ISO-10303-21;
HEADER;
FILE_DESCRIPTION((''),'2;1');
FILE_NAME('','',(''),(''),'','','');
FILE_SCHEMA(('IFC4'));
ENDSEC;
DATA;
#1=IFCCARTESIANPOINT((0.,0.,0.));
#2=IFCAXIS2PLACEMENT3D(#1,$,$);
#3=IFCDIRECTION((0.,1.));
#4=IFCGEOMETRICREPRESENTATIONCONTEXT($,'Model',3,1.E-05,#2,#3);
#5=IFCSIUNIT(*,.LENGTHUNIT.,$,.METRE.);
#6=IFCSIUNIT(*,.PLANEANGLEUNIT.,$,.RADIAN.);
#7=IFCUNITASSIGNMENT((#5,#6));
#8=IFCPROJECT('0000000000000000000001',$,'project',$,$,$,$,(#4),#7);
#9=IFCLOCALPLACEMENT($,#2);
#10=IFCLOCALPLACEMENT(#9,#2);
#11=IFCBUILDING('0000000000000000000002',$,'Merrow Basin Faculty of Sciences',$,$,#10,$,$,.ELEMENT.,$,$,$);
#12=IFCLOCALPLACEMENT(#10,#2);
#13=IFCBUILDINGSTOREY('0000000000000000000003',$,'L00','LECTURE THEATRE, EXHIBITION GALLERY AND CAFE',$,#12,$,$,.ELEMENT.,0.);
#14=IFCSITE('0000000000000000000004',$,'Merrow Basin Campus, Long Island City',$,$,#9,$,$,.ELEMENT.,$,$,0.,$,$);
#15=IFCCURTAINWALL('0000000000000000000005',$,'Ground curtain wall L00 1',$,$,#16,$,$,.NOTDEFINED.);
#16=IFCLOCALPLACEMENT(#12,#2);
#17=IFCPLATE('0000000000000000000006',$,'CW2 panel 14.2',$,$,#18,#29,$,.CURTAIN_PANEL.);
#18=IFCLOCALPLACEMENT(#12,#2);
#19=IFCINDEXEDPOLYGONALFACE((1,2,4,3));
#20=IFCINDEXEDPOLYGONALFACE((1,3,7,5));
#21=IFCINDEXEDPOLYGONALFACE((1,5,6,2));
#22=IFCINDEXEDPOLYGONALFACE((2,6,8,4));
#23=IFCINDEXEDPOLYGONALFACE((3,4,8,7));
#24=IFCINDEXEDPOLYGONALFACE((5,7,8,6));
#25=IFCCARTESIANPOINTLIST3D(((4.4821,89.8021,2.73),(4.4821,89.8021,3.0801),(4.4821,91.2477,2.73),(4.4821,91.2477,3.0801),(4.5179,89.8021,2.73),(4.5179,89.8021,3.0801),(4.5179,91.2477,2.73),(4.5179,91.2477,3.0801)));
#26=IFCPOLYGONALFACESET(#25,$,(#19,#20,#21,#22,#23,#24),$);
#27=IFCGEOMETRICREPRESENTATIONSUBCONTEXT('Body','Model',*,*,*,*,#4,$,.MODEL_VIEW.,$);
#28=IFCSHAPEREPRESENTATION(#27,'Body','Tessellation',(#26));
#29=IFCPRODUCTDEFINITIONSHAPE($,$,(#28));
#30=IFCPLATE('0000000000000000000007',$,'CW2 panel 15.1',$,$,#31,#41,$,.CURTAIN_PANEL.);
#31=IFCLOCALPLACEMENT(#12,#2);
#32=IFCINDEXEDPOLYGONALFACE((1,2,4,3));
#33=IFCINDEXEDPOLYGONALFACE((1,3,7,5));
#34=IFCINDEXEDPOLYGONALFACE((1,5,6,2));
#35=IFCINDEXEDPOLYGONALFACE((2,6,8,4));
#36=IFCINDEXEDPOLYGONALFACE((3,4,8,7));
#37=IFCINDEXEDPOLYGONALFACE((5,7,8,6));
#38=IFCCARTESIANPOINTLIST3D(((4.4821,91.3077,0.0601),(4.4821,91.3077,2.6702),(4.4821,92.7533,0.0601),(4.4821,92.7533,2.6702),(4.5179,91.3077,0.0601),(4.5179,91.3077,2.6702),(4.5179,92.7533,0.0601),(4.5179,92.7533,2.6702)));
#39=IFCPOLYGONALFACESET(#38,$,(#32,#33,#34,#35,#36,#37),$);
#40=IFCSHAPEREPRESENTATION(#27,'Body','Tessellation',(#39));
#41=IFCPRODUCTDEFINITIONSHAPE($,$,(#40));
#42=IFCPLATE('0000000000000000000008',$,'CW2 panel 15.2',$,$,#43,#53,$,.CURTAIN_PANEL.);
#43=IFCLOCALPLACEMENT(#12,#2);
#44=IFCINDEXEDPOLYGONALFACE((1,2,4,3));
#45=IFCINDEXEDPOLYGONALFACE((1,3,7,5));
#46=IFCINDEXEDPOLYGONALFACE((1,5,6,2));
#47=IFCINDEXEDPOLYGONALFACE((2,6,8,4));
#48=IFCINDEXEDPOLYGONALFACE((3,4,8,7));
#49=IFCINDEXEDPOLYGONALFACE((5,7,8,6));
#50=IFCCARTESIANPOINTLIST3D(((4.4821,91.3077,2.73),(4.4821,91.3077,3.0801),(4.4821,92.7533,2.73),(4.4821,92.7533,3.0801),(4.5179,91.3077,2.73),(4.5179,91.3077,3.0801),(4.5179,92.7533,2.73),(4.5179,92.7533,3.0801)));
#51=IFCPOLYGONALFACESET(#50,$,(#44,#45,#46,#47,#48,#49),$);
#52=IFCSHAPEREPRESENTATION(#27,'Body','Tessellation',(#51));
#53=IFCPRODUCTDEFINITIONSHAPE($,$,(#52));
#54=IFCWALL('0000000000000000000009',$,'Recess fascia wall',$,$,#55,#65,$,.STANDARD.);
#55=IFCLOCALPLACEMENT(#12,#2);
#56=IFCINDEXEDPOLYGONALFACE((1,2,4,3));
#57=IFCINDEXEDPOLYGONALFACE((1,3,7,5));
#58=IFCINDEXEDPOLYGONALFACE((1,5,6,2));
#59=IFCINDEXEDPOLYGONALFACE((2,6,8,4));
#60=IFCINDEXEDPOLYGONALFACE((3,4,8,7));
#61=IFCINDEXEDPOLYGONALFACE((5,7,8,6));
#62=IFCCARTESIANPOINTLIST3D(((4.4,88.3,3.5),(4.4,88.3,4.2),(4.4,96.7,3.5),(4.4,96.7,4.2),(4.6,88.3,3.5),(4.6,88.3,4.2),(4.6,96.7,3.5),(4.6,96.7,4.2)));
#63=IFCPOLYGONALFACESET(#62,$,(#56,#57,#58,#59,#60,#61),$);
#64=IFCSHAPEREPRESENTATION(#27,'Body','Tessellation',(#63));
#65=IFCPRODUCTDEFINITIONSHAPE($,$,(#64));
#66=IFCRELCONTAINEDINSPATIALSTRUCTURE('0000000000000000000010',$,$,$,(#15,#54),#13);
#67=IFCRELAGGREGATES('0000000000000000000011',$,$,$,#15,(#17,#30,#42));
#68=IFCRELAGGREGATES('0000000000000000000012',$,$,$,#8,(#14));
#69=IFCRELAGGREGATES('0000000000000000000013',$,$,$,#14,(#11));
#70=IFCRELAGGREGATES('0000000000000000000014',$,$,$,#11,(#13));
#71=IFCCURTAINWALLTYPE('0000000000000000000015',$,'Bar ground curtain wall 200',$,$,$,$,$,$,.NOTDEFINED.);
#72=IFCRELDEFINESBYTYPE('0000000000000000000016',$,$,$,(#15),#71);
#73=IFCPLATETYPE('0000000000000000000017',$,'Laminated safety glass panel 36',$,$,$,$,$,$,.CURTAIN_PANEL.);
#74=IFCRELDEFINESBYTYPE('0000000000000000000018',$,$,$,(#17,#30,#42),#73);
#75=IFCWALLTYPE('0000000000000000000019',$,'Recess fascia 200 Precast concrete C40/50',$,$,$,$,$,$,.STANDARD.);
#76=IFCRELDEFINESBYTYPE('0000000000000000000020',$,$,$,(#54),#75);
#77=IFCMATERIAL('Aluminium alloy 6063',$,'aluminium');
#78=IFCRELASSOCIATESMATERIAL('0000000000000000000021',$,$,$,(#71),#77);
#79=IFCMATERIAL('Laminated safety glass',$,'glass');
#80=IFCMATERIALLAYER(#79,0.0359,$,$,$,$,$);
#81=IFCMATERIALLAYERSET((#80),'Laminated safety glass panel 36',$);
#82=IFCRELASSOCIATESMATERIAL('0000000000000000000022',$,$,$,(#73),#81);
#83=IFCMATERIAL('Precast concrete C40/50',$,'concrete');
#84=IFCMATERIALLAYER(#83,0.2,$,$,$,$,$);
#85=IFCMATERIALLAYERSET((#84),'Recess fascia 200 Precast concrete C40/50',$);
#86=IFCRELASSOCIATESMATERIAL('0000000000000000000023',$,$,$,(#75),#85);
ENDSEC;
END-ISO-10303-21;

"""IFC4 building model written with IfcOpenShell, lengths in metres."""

from ifc_helpers import new_model, si_unit, direction, frame, frame_2d, origin, origin_2d, place, context, subcontext, project, spatial, rectangle, extrude, material, layer, layer_set, type_object, element, aggregate, save


model = new_model("IFC4")

# Units and contexts
model_context = context("Model", 3, precision=1e-05, world=origin(), true_north=direction((0.0, 1.0)))
body_context = subcontext(model_context, "Body", "Model", "MODEL_VIEW")
ifc_project = project(units=[si_unit("LENGTHUNIT", "METRE"), si_unit("PLANEANGLEUNIT", "RADIAN")], contexts=[model_context])

# Site, building, storey
site_placement = place(None, origin())
site = spatial("IfcSite", under=ifc_project, at=site_placement, Name="Merrow Basin Campus, Long Island City", CompositionType="ELEMENT", RefElevation=0.0)
building_placement = place(site_placement, origin())
building = spatial("IfcBuilding", under=site, at=building_placement, Name="Merrow Basin Faculty of Sciences", CompositionType="ELEMENT")
storey_placement = place(building_placement, origin())
storey = spatial("IfcBuildingStorey", under=building, at=storey_placement, Name="L00", Description="LECTURE THEATRE, EXHIBITION GALLERY AND CAFE", CompositionType="ELEMENT", Elevation=0.0)

# Curtain wall
ifc_material_1 = material(Name="Aluminium alloy 6063", Category="aluminium")
curtain_wall_type = type_object("IfcCurtainWallType", Name="Bar ground curtain wall 200", PredefinedType="NOTDEFINED", material=ifc_material_1)
curtain_wall_placement = place(storey_placement, origin())
curtain_wall = element("IfcCurtainWall", 1, at=curtain_wall_placement, inside=storey, type_object=curtain_wall_type, Name="Ground curtain wall L00 1", PredefinedType="NOTDEFINED")

# Plates
ifc_material_2 = material(Name="Laminated safety glass", Category="glass")
ifc_layer_1 = layer(ifc_material_2, 0.0359)
ifc_layer_set_1 = layer_set([ifc_layer_1], Name="Laminated safety glass panel 36")
plate_type = type_object("IfcPlateType", Name="Laminated safety glass panel 36", PredefinedType="CURTAIN_PANEL", material=ifc_layer_set_1)
plate_1_placement = place(storey_placement, frame((4.5, 90.5249, 2.73), z_axis=(0.0, 0.0, 1.0), x_axis=(0.0, 1.0, 0.0)))
plate_1 = element("IfcPlate", 2, at=plate_1_placement, type_object=plate_type, Name="CW2 panel 14.2", PredefinedType="CURTAIN_PANEL", context=body_context, shape_type="SweptSolid", body=[
    extrude(rectangle(XDim=1.4456, YDim=0.0359, at=origin_2d()), origin(), (0.0, 0.0, 1.0), 0.3501),
])
plate_2_placement = place(storey_placement, frame((4.5, 92.0305, 0.0601), z_axis=(0.0, 0.0, 1.0), x_axis=(0.0, 1.0, 0.0)))
plate_2 = element("IfcPlate", 3, at=plate_2_placement, type_object=plate_type, Name="CW2 panel 15.1", PredefinedType="CURTAIN_PANEL", context=body_context, shape_type="SweptSolid", body=[
    extrude(rectangle(XDim=1.4456, YDim=0.0359, at=origin_2d()), origin(), (0.0, 0.0, 1.0), 2.6101),
])
plate_3_placement = place(storey_placement, frame((4.5, 92.0305, 2.73), z_axis=(0.0, 0.0, 1.0), x_axis=(0.0, 1.0, 0.0)))
plate_3 = element("IfcPlate", 4, at=plate_3_placement, type_object=plate_type, Name="CW2 panel 15.2", PredefinedType="CURTAIN_PANEL", context=body_context, shape_type="SweptSolid", body=[
    extrude(rectangle(XDim=1.4456, YDim=0.0359, at=origin_2d()), origin(), (0.0, 0.0, 1.0), 0.3501),
])
aggregate(curtain_wall, [plate_1, plate_2, plate_3])

# Wall
ifc_material_3 = material(Name="Precast concrete C40/50", Category="concrete")
ifc_layer_2 = layer(ifc_material_3, 0.2)
ifc_layer_set_2 = layer_set([ifc_layer_2], Name="Recess fascia 200 Precast concrete C40/50")
wall_type = type_object("IfcWallType", Name="Recess fascia 200 Precast concrete C40/50", PredefinedType="STANDARD", material=ifc_layer_set_2)
wall_placement = place(storey_placement, frame((4.5, 88.3, 3.5), z_axis=(0.0, 0.0, 1.0), x_axis=(0.0, 1.0, 0.0)))
element("IfcWall", 5, at=wall_placement, inside=storey, type_object=wall_type, Name="Recess fascia wall", PredefinedType="STANDARD", context=body_context, shape_type="SweptSolid", body=[
    extrude(rectangle(XDim=8.3999, YDim=0.2, at=frame_2d((4.2, 0.0))), origin(), (0.0, 0.0, 1.0), 0.7),
])

save(model, "model.ifc")
